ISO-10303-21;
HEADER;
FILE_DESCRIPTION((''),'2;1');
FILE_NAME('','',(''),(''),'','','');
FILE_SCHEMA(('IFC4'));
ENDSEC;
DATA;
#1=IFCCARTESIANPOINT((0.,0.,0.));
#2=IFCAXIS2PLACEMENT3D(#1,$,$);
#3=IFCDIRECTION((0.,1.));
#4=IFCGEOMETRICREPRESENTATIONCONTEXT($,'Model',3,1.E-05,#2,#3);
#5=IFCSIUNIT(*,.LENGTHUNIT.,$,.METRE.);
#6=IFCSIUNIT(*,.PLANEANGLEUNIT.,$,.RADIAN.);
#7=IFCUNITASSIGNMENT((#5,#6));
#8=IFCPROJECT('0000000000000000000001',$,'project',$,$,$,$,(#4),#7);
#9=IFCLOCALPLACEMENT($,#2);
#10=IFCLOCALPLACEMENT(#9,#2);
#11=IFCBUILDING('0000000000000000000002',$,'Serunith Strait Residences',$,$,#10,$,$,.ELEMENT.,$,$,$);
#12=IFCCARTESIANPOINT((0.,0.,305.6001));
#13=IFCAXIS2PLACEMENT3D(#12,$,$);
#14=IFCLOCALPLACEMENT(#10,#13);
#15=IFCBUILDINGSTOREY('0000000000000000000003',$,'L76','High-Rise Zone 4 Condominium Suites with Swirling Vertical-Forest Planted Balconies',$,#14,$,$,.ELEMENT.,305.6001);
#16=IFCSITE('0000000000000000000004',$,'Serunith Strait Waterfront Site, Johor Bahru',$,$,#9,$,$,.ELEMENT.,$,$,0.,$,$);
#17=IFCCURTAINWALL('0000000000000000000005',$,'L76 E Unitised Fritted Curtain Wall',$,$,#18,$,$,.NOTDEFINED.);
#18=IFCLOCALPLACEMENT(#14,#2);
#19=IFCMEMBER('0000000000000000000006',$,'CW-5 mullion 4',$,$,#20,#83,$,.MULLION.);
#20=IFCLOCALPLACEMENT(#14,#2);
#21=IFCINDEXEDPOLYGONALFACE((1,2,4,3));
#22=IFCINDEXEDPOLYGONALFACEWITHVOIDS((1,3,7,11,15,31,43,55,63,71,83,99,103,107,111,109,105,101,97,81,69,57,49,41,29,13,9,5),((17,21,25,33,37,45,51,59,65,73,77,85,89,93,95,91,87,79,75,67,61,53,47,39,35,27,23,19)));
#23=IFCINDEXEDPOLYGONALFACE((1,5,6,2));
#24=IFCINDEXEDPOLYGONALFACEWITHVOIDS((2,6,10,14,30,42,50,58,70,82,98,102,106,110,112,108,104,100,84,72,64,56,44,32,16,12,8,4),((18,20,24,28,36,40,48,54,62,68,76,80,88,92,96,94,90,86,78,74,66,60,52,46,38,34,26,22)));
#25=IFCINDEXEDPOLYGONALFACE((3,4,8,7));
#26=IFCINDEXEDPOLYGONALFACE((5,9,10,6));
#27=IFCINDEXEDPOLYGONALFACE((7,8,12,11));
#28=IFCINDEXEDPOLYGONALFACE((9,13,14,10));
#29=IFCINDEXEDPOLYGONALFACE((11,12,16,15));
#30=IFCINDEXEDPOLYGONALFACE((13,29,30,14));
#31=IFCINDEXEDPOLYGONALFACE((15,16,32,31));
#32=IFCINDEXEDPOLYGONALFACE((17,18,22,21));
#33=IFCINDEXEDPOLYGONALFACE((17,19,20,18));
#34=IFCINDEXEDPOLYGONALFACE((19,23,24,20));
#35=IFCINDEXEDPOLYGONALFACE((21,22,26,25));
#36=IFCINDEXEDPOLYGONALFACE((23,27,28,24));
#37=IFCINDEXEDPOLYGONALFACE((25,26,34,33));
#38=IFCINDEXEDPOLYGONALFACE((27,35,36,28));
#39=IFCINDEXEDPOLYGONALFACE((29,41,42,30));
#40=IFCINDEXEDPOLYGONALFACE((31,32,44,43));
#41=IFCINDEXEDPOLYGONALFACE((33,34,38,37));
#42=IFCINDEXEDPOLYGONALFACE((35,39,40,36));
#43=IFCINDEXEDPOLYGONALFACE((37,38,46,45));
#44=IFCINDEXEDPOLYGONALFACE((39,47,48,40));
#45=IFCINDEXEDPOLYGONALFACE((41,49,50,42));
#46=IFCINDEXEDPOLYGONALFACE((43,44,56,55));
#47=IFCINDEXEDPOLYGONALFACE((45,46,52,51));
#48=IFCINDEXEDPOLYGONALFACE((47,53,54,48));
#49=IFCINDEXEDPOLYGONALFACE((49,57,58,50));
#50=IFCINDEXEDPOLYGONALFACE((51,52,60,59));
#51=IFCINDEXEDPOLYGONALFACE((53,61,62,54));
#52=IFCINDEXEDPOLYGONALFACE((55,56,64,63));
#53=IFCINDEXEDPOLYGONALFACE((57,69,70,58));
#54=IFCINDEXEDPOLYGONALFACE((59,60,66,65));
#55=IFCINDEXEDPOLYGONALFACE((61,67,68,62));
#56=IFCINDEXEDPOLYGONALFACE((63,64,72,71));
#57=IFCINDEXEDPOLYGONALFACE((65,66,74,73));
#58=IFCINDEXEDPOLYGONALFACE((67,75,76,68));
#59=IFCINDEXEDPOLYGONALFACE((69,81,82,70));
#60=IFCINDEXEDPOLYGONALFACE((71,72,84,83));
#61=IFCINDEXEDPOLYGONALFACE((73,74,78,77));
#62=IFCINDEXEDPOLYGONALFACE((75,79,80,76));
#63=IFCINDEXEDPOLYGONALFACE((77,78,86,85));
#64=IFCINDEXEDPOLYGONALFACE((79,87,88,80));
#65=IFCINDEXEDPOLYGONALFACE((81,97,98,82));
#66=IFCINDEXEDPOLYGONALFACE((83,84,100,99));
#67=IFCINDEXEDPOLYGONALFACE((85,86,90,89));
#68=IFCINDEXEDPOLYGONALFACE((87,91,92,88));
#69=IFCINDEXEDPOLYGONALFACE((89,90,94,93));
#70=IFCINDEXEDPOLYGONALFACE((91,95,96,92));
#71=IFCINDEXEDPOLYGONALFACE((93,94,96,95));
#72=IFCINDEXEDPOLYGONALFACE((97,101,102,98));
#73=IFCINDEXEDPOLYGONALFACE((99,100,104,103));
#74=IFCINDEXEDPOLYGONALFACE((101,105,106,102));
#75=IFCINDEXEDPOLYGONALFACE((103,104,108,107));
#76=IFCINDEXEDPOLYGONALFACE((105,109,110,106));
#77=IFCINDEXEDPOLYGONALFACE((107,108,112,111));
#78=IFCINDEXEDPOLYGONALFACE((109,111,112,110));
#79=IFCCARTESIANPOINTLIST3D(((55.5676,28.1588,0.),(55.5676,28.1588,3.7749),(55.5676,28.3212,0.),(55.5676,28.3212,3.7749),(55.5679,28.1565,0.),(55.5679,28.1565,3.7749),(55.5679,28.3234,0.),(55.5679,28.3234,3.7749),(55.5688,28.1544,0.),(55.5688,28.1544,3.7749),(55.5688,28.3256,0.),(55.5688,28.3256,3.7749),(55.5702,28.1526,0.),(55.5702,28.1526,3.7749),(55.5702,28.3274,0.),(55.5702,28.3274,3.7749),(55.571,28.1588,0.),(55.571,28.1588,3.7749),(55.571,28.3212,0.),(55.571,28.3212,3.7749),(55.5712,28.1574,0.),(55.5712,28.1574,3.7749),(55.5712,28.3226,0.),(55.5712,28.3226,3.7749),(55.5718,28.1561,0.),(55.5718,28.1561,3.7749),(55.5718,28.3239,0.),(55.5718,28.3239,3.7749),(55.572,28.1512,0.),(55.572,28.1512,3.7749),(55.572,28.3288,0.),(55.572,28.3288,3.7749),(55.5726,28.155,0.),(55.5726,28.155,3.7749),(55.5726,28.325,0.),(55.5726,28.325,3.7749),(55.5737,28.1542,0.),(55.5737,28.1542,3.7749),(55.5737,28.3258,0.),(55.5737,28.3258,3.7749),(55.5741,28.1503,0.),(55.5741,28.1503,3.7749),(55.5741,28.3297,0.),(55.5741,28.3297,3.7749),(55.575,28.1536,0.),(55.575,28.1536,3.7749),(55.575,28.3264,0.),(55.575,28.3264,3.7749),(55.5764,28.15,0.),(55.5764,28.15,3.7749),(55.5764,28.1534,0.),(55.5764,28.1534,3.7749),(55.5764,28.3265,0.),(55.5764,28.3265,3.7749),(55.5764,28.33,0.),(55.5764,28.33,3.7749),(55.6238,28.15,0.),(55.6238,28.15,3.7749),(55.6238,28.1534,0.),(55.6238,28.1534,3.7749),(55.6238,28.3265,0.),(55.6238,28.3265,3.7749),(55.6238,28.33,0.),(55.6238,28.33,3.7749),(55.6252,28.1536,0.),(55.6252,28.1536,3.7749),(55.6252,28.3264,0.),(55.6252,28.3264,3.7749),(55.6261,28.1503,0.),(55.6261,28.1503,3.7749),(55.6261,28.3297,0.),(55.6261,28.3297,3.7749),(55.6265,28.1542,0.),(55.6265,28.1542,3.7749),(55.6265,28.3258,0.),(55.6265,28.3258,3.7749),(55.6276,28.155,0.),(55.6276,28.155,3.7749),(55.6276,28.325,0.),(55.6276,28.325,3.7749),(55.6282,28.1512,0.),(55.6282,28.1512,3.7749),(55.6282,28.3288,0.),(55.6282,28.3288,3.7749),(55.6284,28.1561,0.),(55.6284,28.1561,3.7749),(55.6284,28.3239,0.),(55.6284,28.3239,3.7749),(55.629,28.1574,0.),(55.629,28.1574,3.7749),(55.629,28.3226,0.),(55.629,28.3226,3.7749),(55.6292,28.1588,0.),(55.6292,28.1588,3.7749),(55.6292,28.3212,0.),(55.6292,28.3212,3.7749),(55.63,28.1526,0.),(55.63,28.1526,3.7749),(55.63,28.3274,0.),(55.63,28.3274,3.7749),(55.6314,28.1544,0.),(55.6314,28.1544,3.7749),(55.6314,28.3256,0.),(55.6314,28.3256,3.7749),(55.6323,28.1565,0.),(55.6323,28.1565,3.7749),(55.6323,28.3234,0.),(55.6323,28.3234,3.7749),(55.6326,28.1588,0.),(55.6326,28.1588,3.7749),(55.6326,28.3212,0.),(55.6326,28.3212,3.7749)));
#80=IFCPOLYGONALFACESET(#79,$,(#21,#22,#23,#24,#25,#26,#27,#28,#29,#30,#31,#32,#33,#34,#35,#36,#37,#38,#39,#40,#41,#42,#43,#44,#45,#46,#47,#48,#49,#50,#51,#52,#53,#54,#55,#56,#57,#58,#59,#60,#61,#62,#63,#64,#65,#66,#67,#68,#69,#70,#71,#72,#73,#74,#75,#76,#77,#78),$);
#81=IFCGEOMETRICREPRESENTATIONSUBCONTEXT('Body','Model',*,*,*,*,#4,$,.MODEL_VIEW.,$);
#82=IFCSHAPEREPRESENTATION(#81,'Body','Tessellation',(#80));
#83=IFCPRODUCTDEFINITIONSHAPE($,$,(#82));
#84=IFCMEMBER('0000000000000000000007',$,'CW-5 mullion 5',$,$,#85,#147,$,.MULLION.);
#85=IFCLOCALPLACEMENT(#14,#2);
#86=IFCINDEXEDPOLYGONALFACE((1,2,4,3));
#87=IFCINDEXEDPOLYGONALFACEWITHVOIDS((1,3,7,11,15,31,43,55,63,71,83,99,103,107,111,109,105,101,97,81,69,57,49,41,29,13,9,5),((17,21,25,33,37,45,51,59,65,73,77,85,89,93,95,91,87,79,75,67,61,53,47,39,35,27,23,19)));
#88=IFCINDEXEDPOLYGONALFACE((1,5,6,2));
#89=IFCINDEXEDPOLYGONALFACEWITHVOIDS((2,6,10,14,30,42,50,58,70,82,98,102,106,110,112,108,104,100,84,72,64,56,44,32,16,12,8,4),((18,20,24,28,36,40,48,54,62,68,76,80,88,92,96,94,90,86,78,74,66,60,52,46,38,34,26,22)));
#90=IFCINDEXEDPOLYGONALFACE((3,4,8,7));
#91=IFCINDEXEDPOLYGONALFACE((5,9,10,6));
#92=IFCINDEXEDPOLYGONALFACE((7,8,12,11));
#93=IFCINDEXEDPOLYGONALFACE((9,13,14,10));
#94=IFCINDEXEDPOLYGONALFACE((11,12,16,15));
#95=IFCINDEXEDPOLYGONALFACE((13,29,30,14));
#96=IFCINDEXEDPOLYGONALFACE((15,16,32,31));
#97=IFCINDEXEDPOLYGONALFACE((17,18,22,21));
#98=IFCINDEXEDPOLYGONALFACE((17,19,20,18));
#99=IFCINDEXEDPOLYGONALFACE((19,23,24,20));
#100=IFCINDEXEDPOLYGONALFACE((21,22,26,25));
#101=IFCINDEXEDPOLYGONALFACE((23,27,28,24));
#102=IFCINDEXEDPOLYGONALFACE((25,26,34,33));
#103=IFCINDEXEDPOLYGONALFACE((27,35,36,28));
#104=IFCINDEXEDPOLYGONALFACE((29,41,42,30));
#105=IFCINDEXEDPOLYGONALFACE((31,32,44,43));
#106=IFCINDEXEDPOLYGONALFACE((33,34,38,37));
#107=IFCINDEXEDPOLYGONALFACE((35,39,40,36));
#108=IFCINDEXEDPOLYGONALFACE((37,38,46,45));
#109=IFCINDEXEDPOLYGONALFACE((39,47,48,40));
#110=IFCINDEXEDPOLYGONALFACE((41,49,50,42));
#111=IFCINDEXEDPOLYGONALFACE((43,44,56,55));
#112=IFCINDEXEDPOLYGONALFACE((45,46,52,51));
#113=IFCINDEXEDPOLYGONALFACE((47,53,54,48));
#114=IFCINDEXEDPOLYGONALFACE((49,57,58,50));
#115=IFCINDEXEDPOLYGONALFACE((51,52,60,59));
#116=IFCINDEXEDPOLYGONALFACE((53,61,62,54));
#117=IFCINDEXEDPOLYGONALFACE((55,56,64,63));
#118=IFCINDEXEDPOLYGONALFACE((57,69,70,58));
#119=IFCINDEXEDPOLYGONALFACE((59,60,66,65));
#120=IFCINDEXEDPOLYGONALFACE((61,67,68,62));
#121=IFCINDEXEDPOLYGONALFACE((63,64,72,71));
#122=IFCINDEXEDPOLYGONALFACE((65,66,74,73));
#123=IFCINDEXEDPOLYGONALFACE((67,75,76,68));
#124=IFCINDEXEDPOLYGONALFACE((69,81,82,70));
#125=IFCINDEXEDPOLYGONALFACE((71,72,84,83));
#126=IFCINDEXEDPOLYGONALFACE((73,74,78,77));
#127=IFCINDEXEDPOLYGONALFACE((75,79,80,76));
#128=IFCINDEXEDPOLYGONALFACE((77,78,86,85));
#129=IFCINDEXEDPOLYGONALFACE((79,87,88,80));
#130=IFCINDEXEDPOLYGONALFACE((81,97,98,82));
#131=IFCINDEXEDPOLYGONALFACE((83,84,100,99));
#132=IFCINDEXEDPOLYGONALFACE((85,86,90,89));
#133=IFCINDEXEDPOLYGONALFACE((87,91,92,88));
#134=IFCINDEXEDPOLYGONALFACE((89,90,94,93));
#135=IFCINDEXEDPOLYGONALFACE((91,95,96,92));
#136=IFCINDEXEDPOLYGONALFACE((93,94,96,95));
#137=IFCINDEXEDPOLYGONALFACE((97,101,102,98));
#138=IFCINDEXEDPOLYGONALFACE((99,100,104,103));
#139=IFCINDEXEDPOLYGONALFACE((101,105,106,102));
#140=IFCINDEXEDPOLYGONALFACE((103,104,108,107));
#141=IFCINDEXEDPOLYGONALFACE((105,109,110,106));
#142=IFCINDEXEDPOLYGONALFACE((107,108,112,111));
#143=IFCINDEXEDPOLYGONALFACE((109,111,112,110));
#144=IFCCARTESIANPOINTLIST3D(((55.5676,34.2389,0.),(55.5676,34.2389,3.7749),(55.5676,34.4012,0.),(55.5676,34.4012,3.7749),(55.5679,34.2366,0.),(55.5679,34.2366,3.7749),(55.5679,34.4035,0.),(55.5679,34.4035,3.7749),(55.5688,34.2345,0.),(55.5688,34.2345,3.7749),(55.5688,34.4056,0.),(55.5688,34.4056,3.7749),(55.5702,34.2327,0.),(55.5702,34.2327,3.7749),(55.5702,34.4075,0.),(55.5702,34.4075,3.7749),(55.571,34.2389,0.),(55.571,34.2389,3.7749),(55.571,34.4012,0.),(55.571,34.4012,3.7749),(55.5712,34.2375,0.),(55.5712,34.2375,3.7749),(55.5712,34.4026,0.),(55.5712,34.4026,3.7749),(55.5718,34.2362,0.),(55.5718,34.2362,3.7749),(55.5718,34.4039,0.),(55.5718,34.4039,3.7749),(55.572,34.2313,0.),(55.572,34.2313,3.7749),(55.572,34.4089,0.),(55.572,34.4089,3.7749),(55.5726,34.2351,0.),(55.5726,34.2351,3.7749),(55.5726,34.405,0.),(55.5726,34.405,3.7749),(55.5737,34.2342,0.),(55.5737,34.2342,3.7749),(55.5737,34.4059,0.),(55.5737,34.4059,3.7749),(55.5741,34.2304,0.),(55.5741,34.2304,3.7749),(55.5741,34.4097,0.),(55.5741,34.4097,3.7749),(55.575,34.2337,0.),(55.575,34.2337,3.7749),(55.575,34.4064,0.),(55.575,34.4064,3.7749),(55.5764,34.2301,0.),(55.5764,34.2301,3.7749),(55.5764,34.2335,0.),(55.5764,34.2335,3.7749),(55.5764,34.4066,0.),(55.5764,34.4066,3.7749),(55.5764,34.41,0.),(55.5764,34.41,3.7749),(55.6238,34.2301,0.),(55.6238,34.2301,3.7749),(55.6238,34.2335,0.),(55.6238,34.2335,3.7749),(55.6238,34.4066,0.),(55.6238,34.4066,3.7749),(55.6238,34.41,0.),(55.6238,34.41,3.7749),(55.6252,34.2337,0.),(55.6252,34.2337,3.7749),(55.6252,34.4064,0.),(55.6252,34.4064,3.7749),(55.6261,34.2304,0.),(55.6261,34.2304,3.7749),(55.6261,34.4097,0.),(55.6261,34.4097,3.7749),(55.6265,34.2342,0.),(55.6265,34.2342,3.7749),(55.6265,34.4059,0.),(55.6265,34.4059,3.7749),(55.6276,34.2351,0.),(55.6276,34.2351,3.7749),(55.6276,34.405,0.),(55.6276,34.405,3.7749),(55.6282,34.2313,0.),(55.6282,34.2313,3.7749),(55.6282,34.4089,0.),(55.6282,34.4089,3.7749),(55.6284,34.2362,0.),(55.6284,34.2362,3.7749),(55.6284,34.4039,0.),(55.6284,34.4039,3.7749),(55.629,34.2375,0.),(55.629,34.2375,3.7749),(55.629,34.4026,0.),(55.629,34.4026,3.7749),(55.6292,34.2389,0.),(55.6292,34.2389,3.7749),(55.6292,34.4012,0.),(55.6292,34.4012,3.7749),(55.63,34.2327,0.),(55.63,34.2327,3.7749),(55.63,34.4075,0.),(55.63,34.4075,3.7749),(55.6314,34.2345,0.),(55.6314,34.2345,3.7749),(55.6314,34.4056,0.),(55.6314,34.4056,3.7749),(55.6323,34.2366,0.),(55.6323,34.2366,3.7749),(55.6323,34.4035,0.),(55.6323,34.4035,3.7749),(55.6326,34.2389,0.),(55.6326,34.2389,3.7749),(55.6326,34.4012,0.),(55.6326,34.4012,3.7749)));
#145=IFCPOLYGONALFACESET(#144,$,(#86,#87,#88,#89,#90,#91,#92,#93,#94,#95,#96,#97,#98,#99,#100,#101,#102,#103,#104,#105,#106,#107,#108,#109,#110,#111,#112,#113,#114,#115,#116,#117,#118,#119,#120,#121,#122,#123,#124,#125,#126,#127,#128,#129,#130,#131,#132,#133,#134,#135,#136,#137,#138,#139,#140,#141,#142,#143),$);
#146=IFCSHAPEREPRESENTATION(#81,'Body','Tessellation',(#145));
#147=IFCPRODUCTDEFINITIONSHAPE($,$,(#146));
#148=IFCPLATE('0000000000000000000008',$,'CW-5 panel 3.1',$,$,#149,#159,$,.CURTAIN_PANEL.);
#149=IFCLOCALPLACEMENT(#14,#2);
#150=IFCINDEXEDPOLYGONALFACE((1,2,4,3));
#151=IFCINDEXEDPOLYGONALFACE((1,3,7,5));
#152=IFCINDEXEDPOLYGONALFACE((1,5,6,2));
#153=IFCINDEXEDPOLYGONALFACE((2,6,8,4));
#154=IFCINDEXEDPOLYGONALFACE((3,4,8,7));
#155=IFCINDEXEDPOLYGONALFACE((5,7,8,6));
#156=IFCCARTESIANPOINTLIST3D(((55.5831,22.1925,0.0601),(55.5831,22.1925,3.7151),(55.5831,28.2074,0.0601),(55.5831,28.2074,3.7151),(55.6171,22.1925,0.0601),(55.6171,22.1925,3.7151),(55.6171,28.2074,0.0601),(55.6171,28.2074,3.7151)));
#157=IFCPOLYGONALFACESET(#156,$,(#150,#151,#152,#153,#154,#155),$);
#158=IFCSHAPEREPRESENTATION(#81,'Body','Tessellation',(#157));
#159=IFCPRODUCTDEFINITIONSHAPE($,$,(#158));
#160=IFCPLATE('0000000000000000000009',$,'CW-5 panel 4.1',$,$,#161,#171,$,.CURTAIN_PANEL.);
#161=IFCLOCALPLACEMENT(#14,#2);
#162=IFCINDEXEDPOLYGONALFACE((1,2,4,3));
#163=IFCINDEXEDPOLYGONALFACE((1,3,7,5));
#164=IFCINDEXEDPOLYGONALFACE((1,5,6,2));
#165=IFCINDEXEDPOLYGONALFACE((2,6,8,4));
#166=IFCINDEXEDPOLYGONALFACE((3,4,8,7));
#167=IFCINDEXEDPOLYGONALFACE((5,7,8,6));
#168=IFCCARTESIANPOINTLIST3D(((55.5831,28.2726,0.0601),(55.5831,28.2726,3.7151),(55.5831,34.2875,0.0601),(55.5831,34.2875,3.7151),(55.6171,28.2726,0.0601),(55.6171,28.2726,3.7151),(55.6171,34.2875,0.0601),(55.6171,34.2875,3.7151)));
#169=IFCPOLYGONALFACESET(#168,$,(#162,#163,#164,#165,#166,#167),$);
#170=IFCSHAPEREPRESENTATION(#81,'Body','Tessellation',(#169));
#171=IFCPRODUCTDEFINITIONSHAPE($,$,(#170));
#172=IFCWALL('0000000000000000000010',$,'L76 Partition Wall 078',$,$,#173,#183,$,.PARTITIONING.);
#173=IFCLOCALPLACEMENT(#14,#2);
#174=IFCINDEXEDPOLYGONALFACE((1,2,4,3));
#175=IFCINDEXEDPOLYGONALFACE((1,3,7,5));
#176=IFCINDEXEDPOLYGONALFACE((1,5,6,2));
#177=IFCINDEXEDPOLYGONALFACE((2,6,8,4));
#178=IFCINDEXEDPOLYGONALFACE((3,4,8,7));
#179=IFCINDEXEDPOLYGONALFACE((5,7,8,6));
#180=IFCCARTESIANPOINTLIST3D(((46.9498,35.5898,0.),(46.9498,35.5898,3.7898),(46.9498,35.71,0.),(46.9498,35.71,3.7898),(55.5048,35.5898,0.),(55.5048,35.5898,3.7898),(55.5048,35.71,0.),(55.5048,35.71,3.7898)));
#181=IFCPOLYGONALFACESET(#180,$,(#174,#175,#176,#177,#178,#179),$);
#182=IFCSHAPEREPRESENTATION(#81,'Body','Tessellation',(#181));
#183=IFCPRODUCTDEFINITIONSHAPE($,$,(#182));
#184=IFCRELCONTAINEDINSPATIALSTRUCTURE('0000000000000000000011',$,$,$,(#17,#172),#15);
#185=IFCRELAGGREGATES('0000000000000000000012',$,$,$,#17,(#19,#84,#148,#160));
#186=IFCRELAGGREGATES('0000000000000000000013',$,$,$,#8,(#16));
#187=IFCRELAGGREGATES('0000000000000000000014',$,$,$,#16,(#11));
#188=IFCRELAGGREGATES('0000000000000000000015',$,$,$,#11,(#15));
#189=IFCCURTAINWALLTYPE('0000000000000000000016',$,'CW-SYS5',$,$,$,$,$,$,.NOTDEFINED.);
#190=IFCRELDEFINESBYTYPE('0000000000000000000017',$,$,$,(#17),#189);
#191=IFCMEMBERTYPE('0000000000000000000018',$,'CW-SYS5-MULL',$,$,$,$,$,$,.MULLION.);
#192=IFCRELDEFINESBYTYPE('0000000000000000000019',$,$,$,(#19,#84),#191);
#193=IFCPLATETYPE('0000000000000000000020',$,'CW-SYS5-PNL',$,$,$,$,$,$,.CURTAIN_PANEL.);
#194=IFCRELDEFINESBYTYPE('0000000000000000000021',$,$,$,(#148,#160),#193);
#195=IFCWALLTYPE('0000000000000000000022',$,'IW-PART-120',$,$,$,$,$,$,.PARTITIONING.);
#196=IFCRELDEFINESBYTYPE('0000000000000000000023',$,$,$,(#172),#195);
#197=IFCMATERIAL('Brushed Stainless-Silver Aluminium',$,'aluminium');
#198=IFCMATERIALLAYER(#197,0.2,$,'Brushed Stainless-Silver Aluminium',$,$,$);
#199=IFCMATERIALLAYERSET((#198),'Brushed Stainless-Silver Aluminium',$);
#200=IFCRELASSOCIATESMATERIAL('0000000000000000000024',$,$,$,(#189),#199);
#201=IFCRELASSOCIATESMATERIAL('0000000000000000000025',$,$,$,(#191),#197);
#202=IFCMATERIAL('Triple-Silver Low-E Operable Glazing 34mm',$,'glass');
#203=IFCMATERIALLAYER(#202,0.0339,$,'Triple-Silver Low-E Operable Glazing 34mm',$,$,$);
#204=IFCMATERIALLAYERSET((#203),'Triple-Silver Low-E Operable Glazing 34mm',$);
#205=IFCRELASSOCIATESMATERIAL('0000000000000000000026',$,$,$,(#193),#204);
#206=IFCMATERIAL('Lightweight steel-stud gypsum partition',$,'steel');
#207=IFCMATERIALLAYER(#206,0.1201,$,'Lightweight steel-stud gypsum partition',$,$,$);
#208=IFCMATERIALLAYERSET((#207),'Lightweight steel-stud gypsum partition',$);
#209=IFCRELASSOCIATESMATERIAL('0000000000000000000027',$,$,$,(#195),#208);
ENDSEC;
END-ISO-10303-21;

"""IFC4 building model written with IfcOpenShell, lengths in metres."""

from ifc_helpers import new_model, si_unit, direction, frame, frame_2d, origin, origin_2d, place, context, subcontext, project, spatial, rectangle, hollow_rectangle, extrude, source, transform, mapped, material, layer, layer_set, material_profile, profile_set, type_object, element, aggregate, save


model = new_model("IFC4")

# Units and contexts
model_context = context("Model", 3, precision=1e-05, world=origin(), true_north=direction((0.0, 1.0)))
body_context = subcontext(model_context, "Body", "Model", "MODEL_VIEW")
ifc_project = project(units=[si_unit("LENGTHUNIT", "METRE"), si_unit("PLANEANGLEUNIT", "RADIAN")], contexts=[model_context])

# Site, building, storey
site_placement = place(None, origin())
site = spatial("IfcSite", under=ifc_project, at=site_placement, Name="Serunith Strait Waterfront Site, Johor Bahru", CompositionType="ELEMENT", RefElevation=0.0)
building_placement = place(site_placement, origin())
building = spatial("IfcBuilding", under=site, at=building_placement, Name="Serunith Strait Residences", CompositionType="ELEMENT")
storey_placement = place(building_placement, frame((0.0, 0.0, 305.6001)))
storey = spatial("IfcBuildingStorey", under=building, at=storey_placement, Name="L76", Description="High-Rise Zone 4 Condominium Suites with Swirling Vertical-Forest Planted Balconies", CompositionType="ELEMENT", Elevation=305.6001)

# Curtain wall, members, plates
ifc_material_1 = material(Name="Brushed Stainless-Silver Aluminium", Category="aluminium")
ifc_layer_1 = layer(ifc_material_1, 0.2, Name="Brushed Stainless-Silver Aluminium")
ifc_layer_set_1 = layer_set([ifc_layer_1], Name="Brushed Stainless-Silver Aluminium")
curtain_wall_type = type_object("IfcCurtainWallType", Name="CW-SYS5", PredefinedType="NOTDEFINED", material=ifc_layer_set_1)
curtain_wall_placement = place(storey_placement, origin())
curtain_wall = element("IfcCurtainWall", 1, at=curtain_wall_placement, inside=storey, type_object=curtain_wall_type, Name="L76 E Unitised Fritted Curtain Wall", PredefinedType="NOTDEFINED")
ifc_material_profile_1 = material_profile(ifc_material_1, hollow_rectangle(XDim=0.0649, YDim=0.1799, WallThickness=0.0034, InnerFilletRadius=0.0054, OuterFilletRadius=0.0088, at=origin_2d()), Name="ALU 180x65x3.5")
ifc_profile_set_1 = profile_set([ifc_material_profile_1], Name="Brushed Stainless-Silver Aluminium")
member_type_1 = type_object("IfcMemberType", Name="CW-SYS5-MULL", PredefinedType="MULLION", material=ifc_profile_set_1)
shared_shape_1 = source(origin(), body_context, "Body", "SweptSolid", [
    extrude(hollow_rectangle(XDim=0.0649, YDim=0.1799, WallThickness=0.0034, InnerFilletRadius=0.0054, OuterFilletRadius=0.0088, at=origin_2d()), origin(), (0.0, 0.0, 1.0), 3.7749),
])
member_1_placement = place(storey_placement, frame((55.6001, 28.24, 0.0), z_axis=(0.0, 0.0, 1.0), x_axis=(-1.0, 0.0, 0.0)))
member_1 = element("IfcMember", 2, at=member_1_placement, type_object=member_type_1, Name="CW-5 mullion 4", PredefinedType="MULLION", context=body_context, shape_type="MappedRepresentation", body=[
    mapped(shared_shape_1, transform((0.0, 0.0, 0.0), scale=1.0)),
])
member_2_placement = place(storey_placement, frame((55.6001, 34.3201, 0.0), z_axis=(0.0, 0.0, 1.0), x_axis=(-1.0, 0.0, 0.0)))
member_2 = element("IfcMember", 3, at=member_2_placement, type_object=member_type_1, Name="CW-5 mullion 5", PredefinedType="MULLION", context=body_context, shape_type="MappedRepresentation", body=[
    mapped(shared_shape_1, transform((0.0, 0.0, 0.0), scale=1.0)),
])
ifc_material_2 = material(Name="Triple-Silver Low-E Operable Glazing 34mm", Category="glass")
ifc_layer_2 = layer(ifc_material_2, 0.0339, Name="Triple-Silver Low-E Operable Glazing 34mm")
ifc_layer_set_2 = layer_set([ifc_layer_2], Name="Triple-Silver Low-E Operable Glazing 34mm")
plate_type = type_object("IfcPlateType", Name="CW-SYS5-PNL", PredefinedType="CURTAIN_PANEL", material=ifc_layer_set_2)
shared_shape_2 = source(origin(), body_context, "Body", "SweptSolid", [
    extrude(rectangle(XDim=6.0149, YDim=0.0339, at=origin_2d()), origin(), (0.0, 0.0, 1.0), 3.655),
])
plate_1_placement = place(storey_placement, frame((55.6001, 25.2, 0.0601), z_axis=(0.0, 0.0, 1.0), x_axis=(0.0, 1.0, 0.0)))
plate_1 = element("IfcPlate", 4, at=plate_1_placement, type_object=plate_type, Name="CW-5 panel 3.1", PredefinedType="CURTAIN_PANEL", context=body_context, shape_type="MappedRepresentation", body=[
    mapped(shared_shape_2, transform((0.0, 0.0, 0.0), scale=1.0)),
])
plate_2_placement = place(storey_placement, frame((55.6001, 31.28, 0.0601), z_axis=(0.0, 0.0, 1.0), x_axis=(0.0, 1.0, 0.0)))
plate_2 = element("IfcPlate", 5, at=plate_2_placement, type_object=plate_type, Name="CW-5 panel 4.1", PredefinedType="CURTAIN_PANEL", context=body_context, shape_type="MappedRepresentation", body=[
    mapped(shared_shape_2, transform((0.0, 0.0, 0.0), scale=1.0)),
])
aggregate(curtain_wall, [member_1, member_2, plate_1, plate_2])

# Wall
ifc_material_3 = material(Name="Lightweight steel-stud gypsum partition", Category="steel")
ifc_layer_3 = layer(ifc_material_3, 0.1201, Name="Lightweight steel-stud gypsum partition")
ifc_layer_set_3 = layer_set([ifc_layer_3], Name="Lightweight steel-stud gypsum partition")
wall_type_1 = type_object("IfcWallType", Name="IW-PART-120", PredefinedType="PARTITIONING", material=ifc_layer_set_3)
wall_1_placement = place(storey_placement, frame((46.95, 35.6499, 0.0), z_axis=(0.0, 0.0, 1.0), x_axis=(1.0, 0.0, 0.0)))
element("IfcWall", 6, at=wall_1_placement, inside=storey, type_object=wall_type_1, Name="L76 Partition Wall 078", PredefinedType="PARTITIONING", context=body_context, shape_type="SweptSolid", body=[
    extrude(rectangle(XDim=8.5549, YDim=0.1201, at=frame_2d((4.2773, 0.0))), origin(), (0.0, 0.0, 1.0), 3.7898),
])

save(model, "model.ifc")
